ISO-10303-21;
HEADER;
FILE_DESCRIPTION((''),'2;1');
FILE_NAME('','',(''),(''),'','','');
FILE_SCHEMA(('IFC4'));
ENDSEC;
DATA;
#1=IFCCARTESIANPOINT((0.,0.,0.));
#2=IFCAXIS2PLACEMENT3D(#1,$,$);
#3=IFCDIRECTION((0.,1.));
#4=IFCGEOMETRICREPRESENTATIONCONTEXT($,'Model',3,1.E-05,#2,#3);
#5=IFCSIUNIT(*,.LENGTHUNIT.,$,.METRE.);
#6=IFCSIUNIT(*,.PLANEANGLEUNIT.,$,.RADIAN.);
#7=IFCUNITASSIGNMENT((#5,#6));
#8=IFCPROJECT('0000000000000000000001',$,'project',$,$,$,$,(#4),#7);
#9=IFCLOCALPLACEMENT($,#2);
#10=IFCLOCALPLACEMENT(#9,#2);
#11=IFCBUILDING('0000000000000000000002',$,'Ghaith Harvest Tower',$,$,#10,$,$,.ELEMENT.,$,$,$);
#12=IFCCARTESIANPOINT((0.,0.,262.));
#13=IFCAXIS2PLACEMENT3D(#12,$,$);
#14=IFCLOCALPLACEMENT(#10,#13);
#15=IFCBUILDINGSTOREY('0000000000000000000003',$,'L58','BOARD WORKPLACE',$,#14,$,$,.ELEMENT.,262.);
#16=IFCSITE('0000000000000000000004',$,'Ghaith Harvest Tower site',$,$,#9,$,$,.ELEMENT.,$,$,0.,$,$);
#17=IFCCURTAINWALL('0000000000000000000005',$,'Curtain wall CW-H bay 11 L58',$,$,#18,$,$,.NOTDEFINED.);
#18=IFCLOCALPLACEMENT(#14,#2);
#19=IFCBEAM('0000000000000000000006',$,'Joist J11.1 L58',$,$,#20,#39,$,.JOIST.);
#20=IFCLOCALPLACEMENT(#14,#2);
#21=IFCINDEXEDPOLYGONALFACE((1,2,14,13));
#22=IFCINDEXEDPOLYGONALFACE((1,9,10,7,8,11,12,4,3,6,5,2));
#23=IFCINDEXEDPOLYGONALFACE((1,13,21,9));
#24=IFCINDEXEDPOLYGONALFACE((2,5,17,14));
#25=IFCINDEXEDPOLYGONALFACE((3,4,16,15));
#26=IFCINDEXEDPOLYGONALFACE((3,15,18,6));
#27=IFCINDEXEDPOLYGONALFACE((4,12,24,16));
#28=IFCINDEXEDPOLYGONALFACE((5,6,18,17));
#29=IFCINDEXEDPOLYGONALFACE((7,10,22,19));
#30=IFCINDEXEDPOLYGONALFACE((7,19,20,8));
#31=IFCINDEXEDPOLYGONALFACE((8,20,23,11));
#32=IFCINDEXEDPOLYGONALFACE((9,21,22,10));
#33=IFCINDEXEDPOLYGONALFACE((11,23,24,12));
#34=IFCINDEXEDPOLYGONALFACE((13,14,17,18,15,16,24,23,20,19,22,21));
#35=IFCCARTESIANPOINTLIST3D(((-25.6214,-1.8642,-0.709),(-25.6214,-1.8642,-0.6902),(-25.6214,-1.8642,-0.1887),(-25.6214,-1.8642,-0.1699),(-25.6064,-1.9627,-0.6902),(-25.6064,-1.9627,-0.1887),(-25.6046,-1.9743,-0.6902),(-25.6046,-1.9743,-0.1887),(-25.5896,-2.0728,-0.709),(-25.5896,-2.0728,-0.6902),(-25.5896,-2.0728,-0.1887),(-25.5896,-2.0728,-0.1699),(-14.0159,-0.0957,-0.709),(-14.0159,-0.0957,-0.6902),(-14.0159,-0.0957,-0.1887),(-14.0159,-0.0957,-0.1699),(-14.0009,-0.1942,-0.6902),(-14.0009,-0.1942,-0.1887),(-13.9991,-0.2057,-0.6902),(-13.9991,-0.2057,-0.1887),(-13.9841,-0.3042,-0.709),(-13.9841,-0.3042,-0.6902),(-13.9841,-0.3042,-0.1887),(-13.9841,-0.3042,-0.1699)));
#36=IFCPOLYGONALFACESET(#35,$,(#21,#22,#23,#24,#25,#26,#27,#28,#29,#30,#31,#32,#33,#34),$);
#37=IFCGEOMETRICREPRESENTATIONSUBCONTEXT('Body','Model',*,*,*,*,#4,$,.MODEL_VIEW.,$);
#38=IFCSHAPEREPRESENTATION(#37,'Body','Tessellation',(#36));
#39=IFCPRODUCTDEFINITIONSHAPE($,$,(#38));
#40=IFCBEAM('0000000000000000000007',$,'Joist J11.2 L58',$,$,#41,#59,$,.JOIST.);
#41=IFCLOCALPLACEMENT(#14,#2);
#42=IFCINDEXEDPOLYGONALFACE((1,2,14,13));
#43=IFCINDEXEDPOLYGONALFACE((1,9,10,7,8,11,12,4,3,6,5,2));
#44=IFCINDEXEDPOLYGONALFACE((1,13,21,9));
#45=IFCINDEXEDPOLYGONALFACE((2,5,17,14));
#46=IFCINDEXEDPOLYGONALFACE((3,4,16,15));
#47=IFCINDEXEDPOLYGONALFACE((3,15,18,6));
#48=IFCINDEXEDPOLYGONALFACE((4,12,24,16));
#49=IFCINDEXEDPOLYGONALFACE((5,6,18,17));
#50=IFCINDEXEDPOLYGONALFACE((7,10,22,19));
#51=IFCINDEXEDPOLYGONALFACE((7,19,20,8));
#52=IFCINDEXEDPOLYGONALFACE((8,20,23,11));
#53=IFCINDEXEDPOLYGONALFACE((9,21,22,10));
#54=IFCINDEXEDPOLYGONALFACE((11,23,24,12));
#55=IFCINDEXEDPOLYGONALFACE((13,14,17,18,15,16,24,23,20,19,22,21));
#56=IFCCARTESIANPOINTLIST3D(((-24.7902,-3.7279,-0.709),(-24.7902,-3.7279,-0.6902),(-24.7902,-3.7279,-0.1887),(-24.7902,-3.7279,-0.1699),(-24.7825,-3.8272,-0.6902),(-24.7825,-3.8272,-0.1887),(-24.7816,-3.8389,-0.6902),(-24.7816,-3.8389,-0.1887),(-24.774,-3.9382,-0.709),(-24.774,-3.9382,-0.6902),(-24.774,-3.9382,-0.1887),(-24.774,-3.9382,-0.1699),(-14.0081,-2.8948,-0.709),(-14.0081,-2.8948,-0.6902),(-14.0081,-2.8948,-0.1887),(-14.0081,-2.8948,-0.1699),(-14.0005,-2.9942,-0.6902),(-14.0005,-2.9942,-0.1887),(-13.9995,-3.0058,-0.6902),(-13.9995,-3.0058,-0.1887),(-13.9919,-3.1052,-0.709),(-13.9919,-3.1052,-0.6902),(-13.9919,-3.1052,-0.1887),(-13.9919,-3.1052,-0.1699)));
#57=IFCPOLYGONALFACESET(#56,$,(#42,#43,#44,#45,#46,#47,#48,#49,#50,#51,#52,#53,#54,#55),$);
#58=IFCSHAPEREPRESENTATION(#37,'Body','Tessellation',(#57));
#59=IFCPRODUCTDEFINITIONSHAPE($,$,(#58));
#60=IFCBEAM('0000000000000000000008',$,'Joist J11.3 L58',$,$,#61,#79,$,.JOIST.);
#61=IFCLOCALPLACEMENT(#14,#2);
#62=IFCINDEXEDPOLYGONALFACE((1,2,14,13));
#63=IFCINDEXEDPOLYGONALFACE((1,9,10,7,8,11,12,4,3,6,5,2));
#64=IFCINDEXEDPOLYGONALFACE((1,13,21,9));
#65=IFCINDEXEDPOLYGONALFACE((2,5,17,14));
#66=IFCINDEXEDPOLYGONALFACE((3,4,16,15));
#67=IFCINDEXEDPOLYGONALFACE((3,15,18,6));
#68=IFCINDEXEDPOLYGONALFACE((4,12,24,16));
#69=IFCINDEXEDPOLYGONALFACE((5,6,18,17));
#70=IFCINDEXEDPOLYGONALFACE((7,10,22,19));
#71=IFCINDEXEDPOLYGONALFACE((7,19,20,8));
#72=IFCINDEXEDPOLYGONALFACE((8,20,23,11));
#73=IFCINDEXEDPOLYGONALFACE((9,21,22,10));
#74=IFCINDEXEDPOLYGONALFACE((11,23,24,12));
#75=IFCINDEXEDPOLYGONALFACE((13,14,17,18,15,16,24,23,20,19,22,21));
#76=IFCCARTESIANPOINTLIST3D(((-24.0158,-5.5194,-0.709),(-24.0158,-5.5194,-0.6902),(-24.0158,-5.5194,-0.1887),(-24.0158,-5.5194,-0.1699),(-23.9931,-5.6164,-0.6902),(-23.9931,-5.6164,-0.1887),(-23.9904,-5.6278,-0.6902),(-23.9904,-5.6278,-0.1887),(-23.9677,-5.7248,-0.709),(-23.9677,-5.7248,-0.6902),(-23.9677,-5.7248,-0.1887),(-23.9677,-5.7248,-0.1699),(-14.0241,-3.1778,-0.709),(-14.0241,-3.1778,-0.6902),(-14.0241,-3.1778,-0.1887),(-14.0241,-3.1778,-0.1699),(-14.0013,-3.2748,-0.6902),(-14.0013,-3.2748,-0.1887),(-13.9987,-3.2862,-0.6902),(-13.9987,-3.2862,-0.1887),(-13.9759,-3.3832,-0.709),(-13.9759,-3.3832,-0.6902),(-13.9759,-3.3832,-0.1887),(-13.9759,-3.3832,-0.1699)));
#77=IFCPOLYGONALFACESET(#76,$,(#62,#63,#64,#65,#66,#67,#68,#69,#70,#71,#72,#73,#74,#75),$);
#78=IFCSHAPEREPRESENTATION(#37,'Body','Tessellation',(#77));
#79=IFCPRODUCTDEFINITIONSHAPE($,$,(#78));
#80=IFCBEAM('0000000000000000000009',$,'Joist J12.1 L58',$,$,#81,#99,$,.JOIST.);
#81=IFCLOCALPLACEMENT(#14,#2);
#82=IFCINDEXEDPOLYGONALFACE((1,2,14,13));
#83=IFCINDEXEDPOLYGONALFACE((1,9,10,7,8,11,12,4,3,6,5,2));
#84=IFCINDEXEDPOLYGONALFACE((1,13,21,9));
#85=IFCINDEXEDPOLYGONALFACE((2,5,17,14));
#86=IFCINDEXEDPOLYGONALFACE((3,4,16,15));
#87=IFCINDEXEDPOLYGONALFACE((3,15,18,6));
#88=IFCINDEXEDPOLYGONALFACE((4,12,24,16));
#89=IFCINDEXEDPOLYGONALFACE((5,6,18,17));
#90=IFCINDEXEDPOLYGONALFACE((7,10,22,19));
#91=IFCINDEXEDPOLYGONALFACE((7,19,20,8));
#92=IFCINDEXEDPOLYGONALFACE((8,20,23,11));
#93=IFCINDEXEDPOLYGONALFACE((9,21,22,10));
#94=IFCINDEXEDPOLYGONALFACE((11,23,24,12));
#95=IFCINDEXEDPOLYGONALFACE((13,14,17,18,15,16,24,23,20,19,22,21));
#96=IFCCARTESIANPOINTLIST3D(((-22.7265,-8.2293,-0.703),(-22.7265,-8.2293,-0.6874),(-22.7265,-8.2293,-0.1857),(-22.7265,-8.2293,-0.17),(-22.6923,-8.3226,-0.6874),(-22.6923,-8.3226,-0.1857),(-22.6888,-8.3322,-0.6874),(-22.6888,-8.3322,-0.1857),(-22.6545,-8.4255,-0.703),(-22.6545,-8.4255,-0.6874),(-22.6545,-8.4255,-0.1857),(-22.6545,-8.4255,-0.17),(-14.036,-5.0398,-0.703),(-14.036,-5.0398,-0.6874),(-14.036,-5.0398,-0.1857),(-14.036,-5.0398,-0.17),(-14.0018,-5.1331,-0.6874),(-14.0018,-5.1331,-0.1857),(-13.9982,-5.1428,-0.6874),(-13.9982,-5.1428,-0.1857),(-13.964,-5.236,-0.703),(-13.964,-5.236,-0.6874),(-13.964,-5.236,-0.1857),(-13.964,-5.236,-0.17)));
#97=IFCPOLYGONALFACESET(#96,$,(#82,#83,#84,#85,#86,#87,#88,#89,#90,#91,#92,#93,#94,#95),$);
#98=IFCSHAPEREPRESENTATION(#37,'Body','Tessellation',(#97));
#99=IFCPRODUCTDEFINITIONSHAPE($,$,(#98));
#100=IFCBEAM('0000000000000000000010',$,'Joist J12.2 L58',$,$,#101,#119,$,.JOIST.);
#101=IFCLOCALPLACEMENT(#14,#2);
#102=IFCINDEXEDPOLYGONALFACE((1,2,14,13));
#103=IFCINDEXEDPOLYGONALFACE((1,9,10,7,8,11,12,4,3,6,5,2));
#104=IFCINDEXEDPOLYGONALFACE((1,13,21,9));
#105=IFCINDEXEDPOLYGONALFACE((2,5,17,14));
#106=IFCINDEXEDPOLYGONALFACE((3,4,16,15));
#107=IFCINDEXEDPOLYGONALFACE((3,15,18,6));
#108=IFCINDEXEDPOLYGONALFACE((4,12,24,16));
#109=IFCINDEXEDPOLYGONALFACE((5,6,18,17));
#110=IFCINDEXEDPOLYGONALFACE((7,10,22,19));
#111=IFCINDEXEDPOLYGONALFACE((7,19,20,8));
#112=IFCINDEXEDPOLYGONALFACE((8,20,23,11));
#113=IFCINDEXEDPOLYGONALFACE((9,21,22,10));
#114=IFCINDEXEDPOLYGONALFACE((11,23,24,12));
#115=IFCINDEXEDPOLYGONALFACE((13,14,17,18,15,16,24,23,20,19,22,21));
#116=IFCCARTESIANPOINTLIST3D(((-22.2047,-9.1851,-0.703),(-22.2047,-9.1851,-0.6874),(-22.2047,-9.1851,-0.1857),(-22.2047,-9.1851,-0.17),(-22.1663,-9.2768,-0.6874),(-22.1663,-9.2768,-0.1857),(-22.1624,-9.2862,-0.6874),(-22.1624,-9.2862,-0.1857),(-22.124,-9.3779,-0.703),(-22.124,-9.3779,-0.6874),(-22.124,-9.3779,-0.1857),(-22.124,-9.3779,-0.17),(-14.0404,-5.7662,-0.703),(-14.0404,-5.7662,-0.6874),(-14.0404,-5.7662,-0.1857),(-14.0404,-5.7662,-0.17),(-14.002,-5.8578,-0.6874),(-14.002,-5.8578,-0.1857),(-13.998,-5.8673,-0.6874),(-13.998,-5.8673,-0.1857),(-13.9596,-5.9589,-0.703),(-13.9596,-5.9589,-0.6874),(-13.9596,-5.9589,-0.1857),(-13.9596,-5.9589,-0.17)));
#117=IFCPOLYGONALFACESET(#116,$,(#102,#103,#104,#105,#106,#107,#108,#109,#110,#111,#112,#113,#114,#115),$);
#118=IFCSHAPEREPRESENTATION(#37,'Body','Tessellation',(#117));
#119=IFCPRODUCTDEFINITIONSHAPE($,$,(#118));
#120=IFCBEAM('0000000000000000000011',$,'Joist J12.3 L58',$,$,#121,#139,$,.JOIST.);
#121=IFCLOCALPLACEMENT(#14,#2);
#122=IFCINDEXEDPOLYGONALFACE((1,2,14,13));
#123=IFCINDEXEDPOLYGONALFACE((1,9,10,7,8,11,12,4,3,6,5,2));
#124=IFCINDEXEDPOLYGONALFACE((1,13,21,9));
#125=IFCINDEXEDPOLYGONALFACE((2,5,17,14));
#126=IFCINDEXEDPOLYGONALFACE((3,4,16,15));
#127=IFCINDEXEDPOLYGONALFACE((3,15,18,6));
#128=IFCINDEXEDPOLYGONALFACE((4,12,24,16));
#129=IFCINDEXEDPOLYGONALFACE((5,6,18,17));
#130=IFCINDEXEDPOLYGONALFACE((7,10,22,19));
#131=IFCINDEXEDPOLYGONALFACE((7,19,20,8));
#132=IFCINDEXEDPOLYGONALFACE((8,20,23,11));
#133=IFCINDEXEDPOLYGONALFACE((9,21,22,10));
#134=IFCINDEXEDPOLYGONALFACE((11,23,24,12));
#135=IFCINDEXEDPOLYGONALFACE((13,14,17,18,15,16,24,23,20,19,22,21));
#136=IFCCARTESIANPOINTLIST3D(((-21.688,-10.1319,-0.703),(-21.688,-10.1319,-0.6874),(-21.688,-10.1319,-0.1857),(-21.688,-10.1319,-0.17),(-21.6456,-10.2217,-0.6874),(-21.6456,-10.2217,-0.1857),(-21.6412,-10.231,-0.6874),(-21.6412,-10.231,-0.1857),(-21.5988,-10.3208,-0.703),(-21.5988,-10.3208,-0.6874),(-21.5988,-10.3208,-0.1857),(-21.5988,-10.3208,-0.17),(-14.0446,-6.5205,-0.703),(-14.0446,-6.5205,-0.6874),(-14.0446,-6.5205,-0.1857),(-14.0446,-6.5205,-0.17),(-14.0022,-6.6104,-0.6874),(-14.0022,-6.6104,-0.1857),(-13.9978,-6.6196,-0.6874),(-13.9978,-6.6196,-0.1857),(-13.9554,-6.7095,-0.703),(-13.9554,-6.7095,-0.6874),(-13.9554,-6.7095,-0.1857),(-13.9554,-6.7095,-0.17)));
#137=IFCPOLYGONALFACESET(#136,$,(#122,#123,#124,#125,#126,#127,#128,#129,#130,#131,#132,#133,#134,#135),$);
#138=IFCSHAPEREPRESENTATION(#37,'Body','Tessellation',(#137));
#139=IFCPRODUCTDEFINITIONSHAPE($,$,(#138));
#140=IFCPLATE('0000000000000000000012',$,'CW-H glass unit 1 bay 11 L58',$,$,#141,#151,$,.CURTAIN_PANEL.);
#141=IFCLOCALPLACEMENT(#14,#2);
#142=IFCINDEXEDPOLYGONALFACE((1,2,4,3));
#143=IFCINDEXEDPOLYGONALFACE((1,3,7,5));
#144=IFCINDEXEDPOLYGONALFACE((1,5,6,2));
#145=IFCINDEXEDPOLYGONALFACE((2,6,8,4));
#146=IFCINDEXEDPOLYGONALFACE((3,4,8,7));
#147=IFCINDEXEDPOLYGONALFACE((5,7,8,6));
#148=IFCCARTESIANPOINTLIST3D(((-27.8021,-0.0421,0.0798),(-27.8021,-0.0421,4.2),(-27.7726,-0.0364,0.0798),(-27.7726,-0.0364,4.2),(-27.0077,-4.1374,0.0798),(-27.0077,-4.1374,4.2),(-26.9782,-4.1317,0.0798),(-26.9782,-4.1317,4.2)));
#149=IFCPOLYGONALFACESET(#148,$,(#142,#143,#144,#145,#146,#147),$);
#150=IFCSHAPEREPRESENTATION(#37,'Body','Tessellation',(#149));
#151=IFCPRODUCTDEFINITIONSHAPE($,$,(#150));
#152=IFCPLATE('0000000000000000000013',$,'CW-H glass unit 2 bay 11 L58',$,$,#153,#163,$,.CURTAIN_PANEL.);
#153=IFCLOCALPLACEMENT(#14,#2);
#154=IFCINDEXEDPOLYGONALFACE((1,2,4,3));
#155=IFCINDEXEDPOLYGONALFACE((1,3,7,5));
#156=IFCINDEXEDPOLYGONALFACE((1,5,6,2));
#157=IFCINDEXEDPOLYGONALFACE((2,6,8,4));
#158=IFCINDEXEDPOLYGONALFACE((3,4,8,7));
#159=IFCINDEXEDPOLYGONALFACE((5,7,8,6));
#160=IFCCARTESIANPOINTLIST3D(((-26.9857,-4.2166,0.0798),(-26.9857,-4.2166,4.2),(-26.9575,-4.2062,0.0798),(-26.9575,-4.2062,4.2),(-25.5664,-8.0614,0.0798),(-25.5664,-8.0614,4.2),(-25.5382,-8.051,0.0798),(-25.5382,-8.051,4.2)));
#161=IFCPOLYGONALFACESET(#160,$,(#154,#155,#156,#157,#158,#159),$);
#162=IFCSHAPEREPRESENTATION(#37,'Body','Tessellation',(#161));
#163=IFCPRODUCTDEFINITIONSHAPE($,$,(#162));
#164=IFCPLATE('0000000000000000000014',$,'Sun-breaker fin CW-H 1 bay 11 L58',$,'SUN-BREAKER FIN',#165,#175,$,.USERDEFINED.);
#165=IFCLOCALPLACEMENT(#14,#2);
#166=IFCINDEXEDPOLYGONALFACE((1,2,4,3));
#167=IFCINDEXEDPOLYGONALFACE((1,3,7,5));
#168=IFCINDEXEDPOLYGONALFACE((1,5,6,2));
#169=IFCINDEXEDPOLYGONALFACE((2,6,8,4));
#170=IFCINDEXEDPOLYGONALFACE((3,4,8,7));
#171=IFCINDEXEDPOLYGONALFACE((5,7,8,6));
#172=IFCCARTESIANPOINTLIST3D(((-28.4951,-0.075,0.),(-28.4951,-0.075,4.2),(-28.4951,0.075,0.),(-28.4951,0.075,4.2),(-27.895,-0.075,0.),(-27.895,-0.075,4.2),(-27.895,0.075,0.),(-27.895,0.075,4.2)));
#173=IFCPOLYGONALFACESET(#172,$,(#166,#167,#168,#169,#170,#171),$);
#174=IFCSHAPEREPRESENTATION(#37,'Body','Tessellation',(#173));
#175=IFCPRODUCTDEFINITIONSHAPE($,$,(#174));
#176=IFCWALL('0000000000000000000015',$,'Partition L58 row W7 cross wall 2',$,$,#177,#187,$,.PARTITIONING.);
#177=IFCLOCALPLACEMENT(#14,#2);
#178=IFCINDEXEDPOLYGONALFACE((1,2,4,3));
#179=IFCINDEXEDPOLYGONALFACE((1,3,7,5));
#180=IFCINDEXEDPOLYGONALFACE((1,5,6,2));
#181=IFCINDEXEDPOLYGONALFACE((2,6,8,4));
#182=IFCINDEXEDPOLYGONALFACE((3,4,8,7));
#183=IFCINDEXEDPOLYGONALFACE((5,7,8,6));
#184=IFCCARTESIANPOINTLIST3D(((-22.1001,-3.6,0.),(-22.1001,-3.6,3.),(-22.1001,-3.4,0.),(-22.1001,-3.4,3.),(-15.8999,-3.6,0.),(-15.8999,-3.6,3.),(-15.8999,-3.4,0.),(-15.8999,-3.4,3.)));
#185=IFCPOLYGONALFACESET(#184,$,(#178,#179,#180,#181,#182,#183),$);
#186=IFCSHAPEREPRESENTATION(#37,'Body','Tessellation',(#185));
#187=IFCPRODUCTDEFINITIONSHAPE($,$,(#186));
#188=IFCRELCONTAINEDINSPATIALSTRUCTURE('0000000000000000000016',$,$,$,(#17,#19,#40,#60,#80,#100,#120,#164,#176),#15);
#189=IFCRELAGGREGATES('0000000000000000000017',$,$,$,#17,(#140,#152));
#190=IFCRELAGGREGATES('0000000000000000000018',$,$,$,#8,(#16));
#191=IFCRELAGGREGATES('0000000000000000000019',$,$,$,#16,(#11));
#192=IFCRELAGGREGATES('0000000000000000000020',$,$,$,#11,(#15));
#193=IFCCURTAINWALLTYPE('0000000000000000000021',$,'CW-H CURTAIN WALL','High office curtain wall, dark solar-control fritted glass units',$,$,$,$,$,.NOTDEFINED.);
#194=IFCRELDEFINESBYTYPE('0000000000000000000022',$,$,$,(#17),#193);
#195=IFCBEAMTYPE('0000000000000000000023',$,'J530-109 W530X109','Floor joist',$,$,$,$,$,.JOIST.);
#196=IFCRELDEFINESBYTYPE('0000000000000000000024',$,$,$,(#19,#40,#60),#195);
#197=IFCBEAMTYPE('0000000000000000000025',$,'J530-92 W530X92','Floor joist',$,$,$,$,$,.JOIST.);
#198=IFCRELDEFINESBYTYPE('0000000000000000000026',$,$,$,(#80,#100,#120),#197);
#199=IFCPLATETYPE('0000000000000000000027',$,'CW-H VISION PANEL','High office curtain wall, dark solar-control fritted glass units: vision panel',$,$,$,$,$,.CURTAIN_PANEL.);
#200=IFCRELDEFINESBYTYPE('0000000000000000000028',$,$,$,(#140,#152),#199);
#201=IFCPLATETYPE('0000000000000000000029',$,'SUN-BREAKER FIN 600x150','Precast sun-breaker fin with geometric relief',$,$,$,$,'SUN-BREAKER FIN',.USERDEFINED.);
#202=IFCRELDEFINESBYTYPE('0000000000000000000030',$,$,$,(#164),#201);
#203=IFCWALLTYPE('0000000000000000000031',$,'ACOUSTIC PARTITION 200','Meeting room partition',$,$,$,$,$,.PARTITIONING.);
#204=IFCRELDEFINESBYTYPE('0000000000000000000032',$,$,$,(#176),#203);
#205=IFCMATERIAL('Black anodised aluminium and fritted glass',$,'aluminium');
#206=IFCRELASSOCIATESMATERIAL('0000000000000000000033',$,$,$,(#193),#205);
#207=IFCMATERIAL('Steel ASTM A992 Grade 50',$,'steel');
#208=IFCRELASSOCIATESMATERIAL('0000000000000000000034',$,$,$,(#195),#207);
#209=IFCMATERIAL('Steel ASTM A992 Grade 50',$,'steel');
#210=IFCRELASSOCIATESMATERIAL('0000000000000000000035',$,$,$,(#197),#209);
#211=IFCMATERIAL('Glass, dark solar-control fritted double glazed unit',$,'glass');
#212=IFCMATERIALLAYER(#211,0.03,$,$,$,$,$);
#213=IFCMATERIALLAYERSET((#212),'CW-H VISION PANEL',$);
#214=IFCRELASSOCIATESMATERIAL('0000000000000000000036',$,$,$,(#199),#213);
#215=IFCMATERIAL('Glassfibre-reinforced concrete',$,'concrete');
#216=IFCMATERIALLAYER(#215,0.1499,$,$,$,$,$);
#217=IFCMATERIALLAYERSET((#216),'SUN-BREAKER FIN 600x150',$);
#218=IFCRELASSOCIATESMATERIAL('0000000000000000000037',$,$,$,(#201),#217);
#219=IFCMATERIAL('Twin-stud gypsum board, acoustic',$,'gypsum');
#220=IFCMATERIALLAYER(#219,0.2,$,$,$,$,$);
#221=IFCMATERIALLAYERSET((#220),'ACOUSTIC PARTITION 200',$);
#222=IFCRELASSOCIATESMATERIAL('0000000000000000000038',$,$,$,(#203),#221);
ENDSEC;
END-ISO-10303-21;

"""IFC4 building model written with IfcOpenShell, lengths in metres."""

from ifc_helpers import new_model, si_unit, direction, frame, frame_2d, origin, origin_2d, place, context, subcontext, project, spatial, rectangle, i_section, extrude, material, layer, layer_set, material_profile, profile_set, type_object, element, aggregate, save


model = new_model("IFC4")

# Units and contexts
model_context = context("Model", 3, precision=1e-05, world=origin(), true_north=direction((0.0, 1.0)))
body_context = subcontext(model_context, "Body", "Model", "MODEL_VIEW")
ifc_project = project(units=[si_unit("LENGTHUNIT", "METRE"), si_unit("PLANEANGLEUNIT", "RADIAN")], contexts=[model_context])

# Site, building, storey
site_placement = place(None, origin())
site = spatial("IfcSite", under=ifc_project, at=site_placement, Name="Ghaith Harvest Tower site", CompositionType="ELEMENT", RefElevation=0.0)
building_placement = place(site_placement, origin())
building = spatial("IfcBuilding", under=site, at=building_placement, Name="Ghaith Harvest Tower", CompositionType="ELEMENT")
storey_placement = place(building_placement, frame((0.0, 0.0, 262.0)))
storey = spatial("IfcBuildingStorey", under=building, at=storey_placement, Name="L58", Description="BOARD WORKPLACE", CompositionType="ELEMENT", Elevation=262.0)

# Curtain wall
ifc_material_1 = material(Name="Black anodised aluminium and fritted glass", Category="aluminium")
curtain_wall_type = type_object("IfcCurtainWallType", Name="CW-H CURTAIN WALL", Description="High office curtain wall, dark solar-control fritted glass units", PredefinedType="NOTDEFINED", material=ifc_material_1)
curtain_wall_1_placement = place(storey_placement, origin())
curtain_wall_1 = element("IfcCurtainWall", 1, at=curtain_wall_1_placement, inside=storey, type_object=curtain_wall_type, Name="Curtain wall CW-H bay 11 L58", PredefinedType="NOTDEFINED")

# Beams
ifc_material_2 = material(Name="Steel ASTM A992 Grade 50", Category="steel")
ifc_material_profile_1 = material_profile(ifc_material_2, i_section(OverallWidth=0.2109, OverallDepth=0.5391, WebThickness=0.0117, FlangeThickness=0.0188, at=origin_2d()), Name="W530X109")
ifc_profile_set_1 = profile_set([ifc_material_profile_1], Name="Steel ASTM A992 Grade 50")
beam_type_1 = type_object("IfcBeamType", Name="J530-109 W530X109", Description="Floor joist", PredefinedType="JOIST", material=ifc_profile_set_1)
beam_1_placement = place(storey_placement, frame((-14.0, -0.2, -0.4395), z_axis=(-0.988587, -0.150651, 0.0), x_axis=(0.150651, -0.988587, 0.0)))
element("IfcBeam", 2, at=beam_1_placement, inside=storey, type_object=beam_type_1, Name="Joist J11.1 L58", PredefinedType="JOIST", context=body_context, shape_type="SweptSolid", body=[
    extrude(i_section(OverallWidth=0.2109, OverallDepth=0.5391, WebThickness=0.0117, FlangeThickness=0.0188, at=origin_2d()), origin(), (0.0, 0.0, 1.0), 11.7395),
])
beam_2_placement = place(storey_placement, frame((-14.0, -3.0, -0.4395), z_axis=(-0.997029, -0.07703, 0.0), x_axis=(0.07703, -0.997029, 0.0)))
element("IfcBeam", 3, at=beam_2_placement, inside=storey, type_object=beam_type_1, Name="Joist J11.2 L58", PredefinedType="JOIST", context=body_context, shape_type="SweptSolid", body=[
    extrude(i_section(OverallWidth=0.2109, OverallDepth=0.5391, WebThickness=0.0117, FlangeThickness=0.0188, at=origin_2d()), origin(), (0.0, 0.0, 1.0), 10.8142),
])
beam_3_placement = place(storey_placement, frame((-14.0, -3.2805, -0.4395), z_axis=(-0.973622, -0.228168, 0.0), x_axis=(0.228168, -0.973622, 0.0)))
element("IfcBeam", 4, at=beam_3_placement, inside=storey, type_object=beam_type_1, Name="Joist J11.3 L58", PredefinedType="JOIST", context=body_context, shape_type="SweptSolid", body=[
    extrude(i_section(OverallWidth=0.2109, OverallDepth=0.5391, WebThickness=0.0117, FlangeThickness=0.0188, at=origin_2d()), origin(), (0.0, 0.0, 1.0), 10.2625),
])
ifc_material_3 = material(Name="Steel ASTM A992 Grade 50", Category="steel")
ifc_material_profile_2 = material_profile(ifc_material_3, i_section(OverallWidth=0.209, OverallDepth=0.533, WebThickness=0.0103, FlangeThickness=0.0156, at=origin_2d()), Name="W530X92")
ifc_profile_set_2 = profile_set([ifc_material_profile_2], Name="Steel ASTM A992 Grade 50")
beam_type_2 = type_object("IfcBeamType", Name="J530-92 W530X92", Description="Floor joist", PredefinedType="JOIST", material=ifc_profile_set_2)
beam_4_placement = place(storey_placement, frame((-14.0, -5.1379, -0.4365), z_axis=(-0.938773, -0.344537, 0.0), x_axis=(0.344537, -0.938773, 0.0)))
element("IfcBeam", 5, at=beam_4_placement, inside=storey, type_object=beam_type_2, Name="Joist J12.1 L58", PredefinedType="JOIST", context=body_context, shape_type="SweptSolid", body=[
    extrude(i_section(OverallWidth=0.209, OverallDepth=0.533, WebThickness=0.0103, FlangeThickness=0.0156, at=origin_2d()), origin(), (0.0, 0.0, 1.0), 9.2573),
])
beam_5_placement = place(storey_placement, frame((-14.0, -5.8625, -0.4365), z_axis=(-0.922388, -0.386266, 0.0), x_axis=(0.386266, -0.922388, 0.0)))
element("IfcBeam", 6, at=beam_5_placement, inside=storey, type_object=beam_type_2, Name="Joist J12.2 L58", PredefinedType="JOIST", context=body_context, shape_type="SweptSolid", body=[
    extrude(i_section(OverallWidth=0.209, OverallDepth=0.533, WebThickness=0.0103, FlangeThickness=0.0156, at=origin_2d()), origin(), (0.0, 0.0, 1.0), 8.8513),
])
beam_6_placement = place(storey_placement, frame((-14.0, -6.615, -0.4365), z_axis=(-0.904158, -0.427198, 0.0), x_axis=(0.427198, -0.904158, 0.0)))
element("IfcBeam", 7, at=beam_6_placement, inside=storey, type_object=beam_type_2, Name="Joist J12.3 L58", PredefinedType="JOIST", context=body_context, shape_type="SweptSolid", body=[
    extrude(i_section(OverallWidth=0.209, OverallDepth=0.533, WebThickness=0.0103, FlangeThickness=0.0156, at=origin_2d()), origin(), (0.0, 0.0, 1.0), 8.4536),
])

# Plates
ifc_material_4 = material(Name="Glass, dark solar-control fritted double glazed unit", Category="glass")
ifc_layer_1 = layer(ifc_material_4, 0.03)
ifc_layer_set_1 = layer_set([ifc_layer_1], Name="CW-H VISION PANEL")
plate_type_1 = type_object("IfcPlateType", Name="CW-H VISION PANEL", Description="High office curtain wall, dark solar-control fritted glass units: vision panel", PredefinedType="CURTAIN_PANEL", material=ifc_layer_set_1)
plate_1_placement = place(storey_placement, frame((-27.3901, -2.0869, 0.0798), z_axis=(0.0, 0.0, 1.0), x_axis=(0.190427, -0.981701, 0.0)))
plate_1 = element("IfcPlate", 8, at=plate_1_placement, type_object=plate_type_1, Name="CW-H glass unit 1 bay 11 L58", PredefinedType="CURTAIN_PANEL", context=body_context, shape_type="SweptSolid", body=[
    extrude(rectangle(XDim=4.1716, YDim=0.03, at=origin_2d()), origin(), (0.0, 0.0, 1.0), 4.1201),
])
plate_2_placement = place(storey_placement, frame((-26.262, -6.1338, 0.0798), z_axis=(0.0, 0.0, 1.0), x_axis=(0.346303, -0.938123, 0.0)))
plate_2 = element("IfcPlate", 9, at=plate_2_placement, type_object=plate_type_1, Name="CW-H glass unit 2 bay 11 L58", PredefinedType="CURTAIN_PANEL", context=body_context, shape_type="SweptSolid", body=[
    extrude(rectangle(XDim=4.0984, YDim=0.03, at=origin_2d()), origin(), (0.0, 0.0, 1.0), 4.1201),
])
aggregate(curtain_wall_1, [plate_1, plate_2])
ifc_material_5 = material(Name="Glassfibre-reinforced concrete", Category="concrete")
ifc_layer_2 = layer(ifc_material_5, 0.1499)
ifc_layer_set_2 = layer_set([ifc_layer_2], Name="SUN-BREAKER FIN 600x150")
plate_type_2 = type_object("IfcPlateType", Name="SUN-BREAKER FIN 600x150", Description="Precast sun-breaker fin with geometric relief", ElementType="SUN-BREAKER FIN", PredefinedType="USERDEFINED", material=ifc_layer_set_2)
plate_3_placement = place(storey_placement, frame((-28.1951, 0.0, 0.0), z_axis=(0.0, 0.0, 1.0), x_axis=(-1.0, 0.0, 0.0)))
element("IfcPlate", 10, at=plate_3_placement, inside=storey, type_object=plate_type_2, Name="Sun-breaker fin CW-H 1 bay 11 L58", ObjectType="SUN-BREAKER FIN", PredefinedType="USERDEFINED", context=body_context, shape_type="SweptSolid", body=[
    extrude(rectangle(XDim=0.6001, YDim=0.1499, at=origin_2d()), origin(), (0.0, 0.0, 1.0), 4.2),
])

# Wall
ifc_material_6 = material(Name="Twin-stud gypsum board, acoustic", Category="gypsum")
ifc_layer_3 = layer(ifc_material_6, 0.2)
ifc_layer_set_3 = layer_set([ifc_layer_3], Name="ACOUSTIC PARTITION 200")
wall_type_1 = type_object("IfcWallType", Name="ACOUSTIC PARTITION 200", Description="Meeting room partition", PredefinedType="PARTITIONING", material=ifc_layer_set_3)
wall_1_placement = place(storey_placement, frame((-15.8999, -3.5, 0.0), z_axis=(0.0, 0.0, 1.0), x_axis=(-1.0, 0.0, 0.0)))
element("IfcWall", 11, at=wall_1_placement, inside=storey, type_object=wall_type_1, Name="Partition L58 row W7 cross wall 2", PredefinedType="PARTITIONING", context=body_context, shape_type="SweptSolid", body=[
    extrude(rectangle(XDim=6.2002, YDim=0.2, at=frame_2d((3.1001, 0.0))), origin(), (0.0, 0.0, 1.0), 3.0),
])

save(model, "model.ifc")
